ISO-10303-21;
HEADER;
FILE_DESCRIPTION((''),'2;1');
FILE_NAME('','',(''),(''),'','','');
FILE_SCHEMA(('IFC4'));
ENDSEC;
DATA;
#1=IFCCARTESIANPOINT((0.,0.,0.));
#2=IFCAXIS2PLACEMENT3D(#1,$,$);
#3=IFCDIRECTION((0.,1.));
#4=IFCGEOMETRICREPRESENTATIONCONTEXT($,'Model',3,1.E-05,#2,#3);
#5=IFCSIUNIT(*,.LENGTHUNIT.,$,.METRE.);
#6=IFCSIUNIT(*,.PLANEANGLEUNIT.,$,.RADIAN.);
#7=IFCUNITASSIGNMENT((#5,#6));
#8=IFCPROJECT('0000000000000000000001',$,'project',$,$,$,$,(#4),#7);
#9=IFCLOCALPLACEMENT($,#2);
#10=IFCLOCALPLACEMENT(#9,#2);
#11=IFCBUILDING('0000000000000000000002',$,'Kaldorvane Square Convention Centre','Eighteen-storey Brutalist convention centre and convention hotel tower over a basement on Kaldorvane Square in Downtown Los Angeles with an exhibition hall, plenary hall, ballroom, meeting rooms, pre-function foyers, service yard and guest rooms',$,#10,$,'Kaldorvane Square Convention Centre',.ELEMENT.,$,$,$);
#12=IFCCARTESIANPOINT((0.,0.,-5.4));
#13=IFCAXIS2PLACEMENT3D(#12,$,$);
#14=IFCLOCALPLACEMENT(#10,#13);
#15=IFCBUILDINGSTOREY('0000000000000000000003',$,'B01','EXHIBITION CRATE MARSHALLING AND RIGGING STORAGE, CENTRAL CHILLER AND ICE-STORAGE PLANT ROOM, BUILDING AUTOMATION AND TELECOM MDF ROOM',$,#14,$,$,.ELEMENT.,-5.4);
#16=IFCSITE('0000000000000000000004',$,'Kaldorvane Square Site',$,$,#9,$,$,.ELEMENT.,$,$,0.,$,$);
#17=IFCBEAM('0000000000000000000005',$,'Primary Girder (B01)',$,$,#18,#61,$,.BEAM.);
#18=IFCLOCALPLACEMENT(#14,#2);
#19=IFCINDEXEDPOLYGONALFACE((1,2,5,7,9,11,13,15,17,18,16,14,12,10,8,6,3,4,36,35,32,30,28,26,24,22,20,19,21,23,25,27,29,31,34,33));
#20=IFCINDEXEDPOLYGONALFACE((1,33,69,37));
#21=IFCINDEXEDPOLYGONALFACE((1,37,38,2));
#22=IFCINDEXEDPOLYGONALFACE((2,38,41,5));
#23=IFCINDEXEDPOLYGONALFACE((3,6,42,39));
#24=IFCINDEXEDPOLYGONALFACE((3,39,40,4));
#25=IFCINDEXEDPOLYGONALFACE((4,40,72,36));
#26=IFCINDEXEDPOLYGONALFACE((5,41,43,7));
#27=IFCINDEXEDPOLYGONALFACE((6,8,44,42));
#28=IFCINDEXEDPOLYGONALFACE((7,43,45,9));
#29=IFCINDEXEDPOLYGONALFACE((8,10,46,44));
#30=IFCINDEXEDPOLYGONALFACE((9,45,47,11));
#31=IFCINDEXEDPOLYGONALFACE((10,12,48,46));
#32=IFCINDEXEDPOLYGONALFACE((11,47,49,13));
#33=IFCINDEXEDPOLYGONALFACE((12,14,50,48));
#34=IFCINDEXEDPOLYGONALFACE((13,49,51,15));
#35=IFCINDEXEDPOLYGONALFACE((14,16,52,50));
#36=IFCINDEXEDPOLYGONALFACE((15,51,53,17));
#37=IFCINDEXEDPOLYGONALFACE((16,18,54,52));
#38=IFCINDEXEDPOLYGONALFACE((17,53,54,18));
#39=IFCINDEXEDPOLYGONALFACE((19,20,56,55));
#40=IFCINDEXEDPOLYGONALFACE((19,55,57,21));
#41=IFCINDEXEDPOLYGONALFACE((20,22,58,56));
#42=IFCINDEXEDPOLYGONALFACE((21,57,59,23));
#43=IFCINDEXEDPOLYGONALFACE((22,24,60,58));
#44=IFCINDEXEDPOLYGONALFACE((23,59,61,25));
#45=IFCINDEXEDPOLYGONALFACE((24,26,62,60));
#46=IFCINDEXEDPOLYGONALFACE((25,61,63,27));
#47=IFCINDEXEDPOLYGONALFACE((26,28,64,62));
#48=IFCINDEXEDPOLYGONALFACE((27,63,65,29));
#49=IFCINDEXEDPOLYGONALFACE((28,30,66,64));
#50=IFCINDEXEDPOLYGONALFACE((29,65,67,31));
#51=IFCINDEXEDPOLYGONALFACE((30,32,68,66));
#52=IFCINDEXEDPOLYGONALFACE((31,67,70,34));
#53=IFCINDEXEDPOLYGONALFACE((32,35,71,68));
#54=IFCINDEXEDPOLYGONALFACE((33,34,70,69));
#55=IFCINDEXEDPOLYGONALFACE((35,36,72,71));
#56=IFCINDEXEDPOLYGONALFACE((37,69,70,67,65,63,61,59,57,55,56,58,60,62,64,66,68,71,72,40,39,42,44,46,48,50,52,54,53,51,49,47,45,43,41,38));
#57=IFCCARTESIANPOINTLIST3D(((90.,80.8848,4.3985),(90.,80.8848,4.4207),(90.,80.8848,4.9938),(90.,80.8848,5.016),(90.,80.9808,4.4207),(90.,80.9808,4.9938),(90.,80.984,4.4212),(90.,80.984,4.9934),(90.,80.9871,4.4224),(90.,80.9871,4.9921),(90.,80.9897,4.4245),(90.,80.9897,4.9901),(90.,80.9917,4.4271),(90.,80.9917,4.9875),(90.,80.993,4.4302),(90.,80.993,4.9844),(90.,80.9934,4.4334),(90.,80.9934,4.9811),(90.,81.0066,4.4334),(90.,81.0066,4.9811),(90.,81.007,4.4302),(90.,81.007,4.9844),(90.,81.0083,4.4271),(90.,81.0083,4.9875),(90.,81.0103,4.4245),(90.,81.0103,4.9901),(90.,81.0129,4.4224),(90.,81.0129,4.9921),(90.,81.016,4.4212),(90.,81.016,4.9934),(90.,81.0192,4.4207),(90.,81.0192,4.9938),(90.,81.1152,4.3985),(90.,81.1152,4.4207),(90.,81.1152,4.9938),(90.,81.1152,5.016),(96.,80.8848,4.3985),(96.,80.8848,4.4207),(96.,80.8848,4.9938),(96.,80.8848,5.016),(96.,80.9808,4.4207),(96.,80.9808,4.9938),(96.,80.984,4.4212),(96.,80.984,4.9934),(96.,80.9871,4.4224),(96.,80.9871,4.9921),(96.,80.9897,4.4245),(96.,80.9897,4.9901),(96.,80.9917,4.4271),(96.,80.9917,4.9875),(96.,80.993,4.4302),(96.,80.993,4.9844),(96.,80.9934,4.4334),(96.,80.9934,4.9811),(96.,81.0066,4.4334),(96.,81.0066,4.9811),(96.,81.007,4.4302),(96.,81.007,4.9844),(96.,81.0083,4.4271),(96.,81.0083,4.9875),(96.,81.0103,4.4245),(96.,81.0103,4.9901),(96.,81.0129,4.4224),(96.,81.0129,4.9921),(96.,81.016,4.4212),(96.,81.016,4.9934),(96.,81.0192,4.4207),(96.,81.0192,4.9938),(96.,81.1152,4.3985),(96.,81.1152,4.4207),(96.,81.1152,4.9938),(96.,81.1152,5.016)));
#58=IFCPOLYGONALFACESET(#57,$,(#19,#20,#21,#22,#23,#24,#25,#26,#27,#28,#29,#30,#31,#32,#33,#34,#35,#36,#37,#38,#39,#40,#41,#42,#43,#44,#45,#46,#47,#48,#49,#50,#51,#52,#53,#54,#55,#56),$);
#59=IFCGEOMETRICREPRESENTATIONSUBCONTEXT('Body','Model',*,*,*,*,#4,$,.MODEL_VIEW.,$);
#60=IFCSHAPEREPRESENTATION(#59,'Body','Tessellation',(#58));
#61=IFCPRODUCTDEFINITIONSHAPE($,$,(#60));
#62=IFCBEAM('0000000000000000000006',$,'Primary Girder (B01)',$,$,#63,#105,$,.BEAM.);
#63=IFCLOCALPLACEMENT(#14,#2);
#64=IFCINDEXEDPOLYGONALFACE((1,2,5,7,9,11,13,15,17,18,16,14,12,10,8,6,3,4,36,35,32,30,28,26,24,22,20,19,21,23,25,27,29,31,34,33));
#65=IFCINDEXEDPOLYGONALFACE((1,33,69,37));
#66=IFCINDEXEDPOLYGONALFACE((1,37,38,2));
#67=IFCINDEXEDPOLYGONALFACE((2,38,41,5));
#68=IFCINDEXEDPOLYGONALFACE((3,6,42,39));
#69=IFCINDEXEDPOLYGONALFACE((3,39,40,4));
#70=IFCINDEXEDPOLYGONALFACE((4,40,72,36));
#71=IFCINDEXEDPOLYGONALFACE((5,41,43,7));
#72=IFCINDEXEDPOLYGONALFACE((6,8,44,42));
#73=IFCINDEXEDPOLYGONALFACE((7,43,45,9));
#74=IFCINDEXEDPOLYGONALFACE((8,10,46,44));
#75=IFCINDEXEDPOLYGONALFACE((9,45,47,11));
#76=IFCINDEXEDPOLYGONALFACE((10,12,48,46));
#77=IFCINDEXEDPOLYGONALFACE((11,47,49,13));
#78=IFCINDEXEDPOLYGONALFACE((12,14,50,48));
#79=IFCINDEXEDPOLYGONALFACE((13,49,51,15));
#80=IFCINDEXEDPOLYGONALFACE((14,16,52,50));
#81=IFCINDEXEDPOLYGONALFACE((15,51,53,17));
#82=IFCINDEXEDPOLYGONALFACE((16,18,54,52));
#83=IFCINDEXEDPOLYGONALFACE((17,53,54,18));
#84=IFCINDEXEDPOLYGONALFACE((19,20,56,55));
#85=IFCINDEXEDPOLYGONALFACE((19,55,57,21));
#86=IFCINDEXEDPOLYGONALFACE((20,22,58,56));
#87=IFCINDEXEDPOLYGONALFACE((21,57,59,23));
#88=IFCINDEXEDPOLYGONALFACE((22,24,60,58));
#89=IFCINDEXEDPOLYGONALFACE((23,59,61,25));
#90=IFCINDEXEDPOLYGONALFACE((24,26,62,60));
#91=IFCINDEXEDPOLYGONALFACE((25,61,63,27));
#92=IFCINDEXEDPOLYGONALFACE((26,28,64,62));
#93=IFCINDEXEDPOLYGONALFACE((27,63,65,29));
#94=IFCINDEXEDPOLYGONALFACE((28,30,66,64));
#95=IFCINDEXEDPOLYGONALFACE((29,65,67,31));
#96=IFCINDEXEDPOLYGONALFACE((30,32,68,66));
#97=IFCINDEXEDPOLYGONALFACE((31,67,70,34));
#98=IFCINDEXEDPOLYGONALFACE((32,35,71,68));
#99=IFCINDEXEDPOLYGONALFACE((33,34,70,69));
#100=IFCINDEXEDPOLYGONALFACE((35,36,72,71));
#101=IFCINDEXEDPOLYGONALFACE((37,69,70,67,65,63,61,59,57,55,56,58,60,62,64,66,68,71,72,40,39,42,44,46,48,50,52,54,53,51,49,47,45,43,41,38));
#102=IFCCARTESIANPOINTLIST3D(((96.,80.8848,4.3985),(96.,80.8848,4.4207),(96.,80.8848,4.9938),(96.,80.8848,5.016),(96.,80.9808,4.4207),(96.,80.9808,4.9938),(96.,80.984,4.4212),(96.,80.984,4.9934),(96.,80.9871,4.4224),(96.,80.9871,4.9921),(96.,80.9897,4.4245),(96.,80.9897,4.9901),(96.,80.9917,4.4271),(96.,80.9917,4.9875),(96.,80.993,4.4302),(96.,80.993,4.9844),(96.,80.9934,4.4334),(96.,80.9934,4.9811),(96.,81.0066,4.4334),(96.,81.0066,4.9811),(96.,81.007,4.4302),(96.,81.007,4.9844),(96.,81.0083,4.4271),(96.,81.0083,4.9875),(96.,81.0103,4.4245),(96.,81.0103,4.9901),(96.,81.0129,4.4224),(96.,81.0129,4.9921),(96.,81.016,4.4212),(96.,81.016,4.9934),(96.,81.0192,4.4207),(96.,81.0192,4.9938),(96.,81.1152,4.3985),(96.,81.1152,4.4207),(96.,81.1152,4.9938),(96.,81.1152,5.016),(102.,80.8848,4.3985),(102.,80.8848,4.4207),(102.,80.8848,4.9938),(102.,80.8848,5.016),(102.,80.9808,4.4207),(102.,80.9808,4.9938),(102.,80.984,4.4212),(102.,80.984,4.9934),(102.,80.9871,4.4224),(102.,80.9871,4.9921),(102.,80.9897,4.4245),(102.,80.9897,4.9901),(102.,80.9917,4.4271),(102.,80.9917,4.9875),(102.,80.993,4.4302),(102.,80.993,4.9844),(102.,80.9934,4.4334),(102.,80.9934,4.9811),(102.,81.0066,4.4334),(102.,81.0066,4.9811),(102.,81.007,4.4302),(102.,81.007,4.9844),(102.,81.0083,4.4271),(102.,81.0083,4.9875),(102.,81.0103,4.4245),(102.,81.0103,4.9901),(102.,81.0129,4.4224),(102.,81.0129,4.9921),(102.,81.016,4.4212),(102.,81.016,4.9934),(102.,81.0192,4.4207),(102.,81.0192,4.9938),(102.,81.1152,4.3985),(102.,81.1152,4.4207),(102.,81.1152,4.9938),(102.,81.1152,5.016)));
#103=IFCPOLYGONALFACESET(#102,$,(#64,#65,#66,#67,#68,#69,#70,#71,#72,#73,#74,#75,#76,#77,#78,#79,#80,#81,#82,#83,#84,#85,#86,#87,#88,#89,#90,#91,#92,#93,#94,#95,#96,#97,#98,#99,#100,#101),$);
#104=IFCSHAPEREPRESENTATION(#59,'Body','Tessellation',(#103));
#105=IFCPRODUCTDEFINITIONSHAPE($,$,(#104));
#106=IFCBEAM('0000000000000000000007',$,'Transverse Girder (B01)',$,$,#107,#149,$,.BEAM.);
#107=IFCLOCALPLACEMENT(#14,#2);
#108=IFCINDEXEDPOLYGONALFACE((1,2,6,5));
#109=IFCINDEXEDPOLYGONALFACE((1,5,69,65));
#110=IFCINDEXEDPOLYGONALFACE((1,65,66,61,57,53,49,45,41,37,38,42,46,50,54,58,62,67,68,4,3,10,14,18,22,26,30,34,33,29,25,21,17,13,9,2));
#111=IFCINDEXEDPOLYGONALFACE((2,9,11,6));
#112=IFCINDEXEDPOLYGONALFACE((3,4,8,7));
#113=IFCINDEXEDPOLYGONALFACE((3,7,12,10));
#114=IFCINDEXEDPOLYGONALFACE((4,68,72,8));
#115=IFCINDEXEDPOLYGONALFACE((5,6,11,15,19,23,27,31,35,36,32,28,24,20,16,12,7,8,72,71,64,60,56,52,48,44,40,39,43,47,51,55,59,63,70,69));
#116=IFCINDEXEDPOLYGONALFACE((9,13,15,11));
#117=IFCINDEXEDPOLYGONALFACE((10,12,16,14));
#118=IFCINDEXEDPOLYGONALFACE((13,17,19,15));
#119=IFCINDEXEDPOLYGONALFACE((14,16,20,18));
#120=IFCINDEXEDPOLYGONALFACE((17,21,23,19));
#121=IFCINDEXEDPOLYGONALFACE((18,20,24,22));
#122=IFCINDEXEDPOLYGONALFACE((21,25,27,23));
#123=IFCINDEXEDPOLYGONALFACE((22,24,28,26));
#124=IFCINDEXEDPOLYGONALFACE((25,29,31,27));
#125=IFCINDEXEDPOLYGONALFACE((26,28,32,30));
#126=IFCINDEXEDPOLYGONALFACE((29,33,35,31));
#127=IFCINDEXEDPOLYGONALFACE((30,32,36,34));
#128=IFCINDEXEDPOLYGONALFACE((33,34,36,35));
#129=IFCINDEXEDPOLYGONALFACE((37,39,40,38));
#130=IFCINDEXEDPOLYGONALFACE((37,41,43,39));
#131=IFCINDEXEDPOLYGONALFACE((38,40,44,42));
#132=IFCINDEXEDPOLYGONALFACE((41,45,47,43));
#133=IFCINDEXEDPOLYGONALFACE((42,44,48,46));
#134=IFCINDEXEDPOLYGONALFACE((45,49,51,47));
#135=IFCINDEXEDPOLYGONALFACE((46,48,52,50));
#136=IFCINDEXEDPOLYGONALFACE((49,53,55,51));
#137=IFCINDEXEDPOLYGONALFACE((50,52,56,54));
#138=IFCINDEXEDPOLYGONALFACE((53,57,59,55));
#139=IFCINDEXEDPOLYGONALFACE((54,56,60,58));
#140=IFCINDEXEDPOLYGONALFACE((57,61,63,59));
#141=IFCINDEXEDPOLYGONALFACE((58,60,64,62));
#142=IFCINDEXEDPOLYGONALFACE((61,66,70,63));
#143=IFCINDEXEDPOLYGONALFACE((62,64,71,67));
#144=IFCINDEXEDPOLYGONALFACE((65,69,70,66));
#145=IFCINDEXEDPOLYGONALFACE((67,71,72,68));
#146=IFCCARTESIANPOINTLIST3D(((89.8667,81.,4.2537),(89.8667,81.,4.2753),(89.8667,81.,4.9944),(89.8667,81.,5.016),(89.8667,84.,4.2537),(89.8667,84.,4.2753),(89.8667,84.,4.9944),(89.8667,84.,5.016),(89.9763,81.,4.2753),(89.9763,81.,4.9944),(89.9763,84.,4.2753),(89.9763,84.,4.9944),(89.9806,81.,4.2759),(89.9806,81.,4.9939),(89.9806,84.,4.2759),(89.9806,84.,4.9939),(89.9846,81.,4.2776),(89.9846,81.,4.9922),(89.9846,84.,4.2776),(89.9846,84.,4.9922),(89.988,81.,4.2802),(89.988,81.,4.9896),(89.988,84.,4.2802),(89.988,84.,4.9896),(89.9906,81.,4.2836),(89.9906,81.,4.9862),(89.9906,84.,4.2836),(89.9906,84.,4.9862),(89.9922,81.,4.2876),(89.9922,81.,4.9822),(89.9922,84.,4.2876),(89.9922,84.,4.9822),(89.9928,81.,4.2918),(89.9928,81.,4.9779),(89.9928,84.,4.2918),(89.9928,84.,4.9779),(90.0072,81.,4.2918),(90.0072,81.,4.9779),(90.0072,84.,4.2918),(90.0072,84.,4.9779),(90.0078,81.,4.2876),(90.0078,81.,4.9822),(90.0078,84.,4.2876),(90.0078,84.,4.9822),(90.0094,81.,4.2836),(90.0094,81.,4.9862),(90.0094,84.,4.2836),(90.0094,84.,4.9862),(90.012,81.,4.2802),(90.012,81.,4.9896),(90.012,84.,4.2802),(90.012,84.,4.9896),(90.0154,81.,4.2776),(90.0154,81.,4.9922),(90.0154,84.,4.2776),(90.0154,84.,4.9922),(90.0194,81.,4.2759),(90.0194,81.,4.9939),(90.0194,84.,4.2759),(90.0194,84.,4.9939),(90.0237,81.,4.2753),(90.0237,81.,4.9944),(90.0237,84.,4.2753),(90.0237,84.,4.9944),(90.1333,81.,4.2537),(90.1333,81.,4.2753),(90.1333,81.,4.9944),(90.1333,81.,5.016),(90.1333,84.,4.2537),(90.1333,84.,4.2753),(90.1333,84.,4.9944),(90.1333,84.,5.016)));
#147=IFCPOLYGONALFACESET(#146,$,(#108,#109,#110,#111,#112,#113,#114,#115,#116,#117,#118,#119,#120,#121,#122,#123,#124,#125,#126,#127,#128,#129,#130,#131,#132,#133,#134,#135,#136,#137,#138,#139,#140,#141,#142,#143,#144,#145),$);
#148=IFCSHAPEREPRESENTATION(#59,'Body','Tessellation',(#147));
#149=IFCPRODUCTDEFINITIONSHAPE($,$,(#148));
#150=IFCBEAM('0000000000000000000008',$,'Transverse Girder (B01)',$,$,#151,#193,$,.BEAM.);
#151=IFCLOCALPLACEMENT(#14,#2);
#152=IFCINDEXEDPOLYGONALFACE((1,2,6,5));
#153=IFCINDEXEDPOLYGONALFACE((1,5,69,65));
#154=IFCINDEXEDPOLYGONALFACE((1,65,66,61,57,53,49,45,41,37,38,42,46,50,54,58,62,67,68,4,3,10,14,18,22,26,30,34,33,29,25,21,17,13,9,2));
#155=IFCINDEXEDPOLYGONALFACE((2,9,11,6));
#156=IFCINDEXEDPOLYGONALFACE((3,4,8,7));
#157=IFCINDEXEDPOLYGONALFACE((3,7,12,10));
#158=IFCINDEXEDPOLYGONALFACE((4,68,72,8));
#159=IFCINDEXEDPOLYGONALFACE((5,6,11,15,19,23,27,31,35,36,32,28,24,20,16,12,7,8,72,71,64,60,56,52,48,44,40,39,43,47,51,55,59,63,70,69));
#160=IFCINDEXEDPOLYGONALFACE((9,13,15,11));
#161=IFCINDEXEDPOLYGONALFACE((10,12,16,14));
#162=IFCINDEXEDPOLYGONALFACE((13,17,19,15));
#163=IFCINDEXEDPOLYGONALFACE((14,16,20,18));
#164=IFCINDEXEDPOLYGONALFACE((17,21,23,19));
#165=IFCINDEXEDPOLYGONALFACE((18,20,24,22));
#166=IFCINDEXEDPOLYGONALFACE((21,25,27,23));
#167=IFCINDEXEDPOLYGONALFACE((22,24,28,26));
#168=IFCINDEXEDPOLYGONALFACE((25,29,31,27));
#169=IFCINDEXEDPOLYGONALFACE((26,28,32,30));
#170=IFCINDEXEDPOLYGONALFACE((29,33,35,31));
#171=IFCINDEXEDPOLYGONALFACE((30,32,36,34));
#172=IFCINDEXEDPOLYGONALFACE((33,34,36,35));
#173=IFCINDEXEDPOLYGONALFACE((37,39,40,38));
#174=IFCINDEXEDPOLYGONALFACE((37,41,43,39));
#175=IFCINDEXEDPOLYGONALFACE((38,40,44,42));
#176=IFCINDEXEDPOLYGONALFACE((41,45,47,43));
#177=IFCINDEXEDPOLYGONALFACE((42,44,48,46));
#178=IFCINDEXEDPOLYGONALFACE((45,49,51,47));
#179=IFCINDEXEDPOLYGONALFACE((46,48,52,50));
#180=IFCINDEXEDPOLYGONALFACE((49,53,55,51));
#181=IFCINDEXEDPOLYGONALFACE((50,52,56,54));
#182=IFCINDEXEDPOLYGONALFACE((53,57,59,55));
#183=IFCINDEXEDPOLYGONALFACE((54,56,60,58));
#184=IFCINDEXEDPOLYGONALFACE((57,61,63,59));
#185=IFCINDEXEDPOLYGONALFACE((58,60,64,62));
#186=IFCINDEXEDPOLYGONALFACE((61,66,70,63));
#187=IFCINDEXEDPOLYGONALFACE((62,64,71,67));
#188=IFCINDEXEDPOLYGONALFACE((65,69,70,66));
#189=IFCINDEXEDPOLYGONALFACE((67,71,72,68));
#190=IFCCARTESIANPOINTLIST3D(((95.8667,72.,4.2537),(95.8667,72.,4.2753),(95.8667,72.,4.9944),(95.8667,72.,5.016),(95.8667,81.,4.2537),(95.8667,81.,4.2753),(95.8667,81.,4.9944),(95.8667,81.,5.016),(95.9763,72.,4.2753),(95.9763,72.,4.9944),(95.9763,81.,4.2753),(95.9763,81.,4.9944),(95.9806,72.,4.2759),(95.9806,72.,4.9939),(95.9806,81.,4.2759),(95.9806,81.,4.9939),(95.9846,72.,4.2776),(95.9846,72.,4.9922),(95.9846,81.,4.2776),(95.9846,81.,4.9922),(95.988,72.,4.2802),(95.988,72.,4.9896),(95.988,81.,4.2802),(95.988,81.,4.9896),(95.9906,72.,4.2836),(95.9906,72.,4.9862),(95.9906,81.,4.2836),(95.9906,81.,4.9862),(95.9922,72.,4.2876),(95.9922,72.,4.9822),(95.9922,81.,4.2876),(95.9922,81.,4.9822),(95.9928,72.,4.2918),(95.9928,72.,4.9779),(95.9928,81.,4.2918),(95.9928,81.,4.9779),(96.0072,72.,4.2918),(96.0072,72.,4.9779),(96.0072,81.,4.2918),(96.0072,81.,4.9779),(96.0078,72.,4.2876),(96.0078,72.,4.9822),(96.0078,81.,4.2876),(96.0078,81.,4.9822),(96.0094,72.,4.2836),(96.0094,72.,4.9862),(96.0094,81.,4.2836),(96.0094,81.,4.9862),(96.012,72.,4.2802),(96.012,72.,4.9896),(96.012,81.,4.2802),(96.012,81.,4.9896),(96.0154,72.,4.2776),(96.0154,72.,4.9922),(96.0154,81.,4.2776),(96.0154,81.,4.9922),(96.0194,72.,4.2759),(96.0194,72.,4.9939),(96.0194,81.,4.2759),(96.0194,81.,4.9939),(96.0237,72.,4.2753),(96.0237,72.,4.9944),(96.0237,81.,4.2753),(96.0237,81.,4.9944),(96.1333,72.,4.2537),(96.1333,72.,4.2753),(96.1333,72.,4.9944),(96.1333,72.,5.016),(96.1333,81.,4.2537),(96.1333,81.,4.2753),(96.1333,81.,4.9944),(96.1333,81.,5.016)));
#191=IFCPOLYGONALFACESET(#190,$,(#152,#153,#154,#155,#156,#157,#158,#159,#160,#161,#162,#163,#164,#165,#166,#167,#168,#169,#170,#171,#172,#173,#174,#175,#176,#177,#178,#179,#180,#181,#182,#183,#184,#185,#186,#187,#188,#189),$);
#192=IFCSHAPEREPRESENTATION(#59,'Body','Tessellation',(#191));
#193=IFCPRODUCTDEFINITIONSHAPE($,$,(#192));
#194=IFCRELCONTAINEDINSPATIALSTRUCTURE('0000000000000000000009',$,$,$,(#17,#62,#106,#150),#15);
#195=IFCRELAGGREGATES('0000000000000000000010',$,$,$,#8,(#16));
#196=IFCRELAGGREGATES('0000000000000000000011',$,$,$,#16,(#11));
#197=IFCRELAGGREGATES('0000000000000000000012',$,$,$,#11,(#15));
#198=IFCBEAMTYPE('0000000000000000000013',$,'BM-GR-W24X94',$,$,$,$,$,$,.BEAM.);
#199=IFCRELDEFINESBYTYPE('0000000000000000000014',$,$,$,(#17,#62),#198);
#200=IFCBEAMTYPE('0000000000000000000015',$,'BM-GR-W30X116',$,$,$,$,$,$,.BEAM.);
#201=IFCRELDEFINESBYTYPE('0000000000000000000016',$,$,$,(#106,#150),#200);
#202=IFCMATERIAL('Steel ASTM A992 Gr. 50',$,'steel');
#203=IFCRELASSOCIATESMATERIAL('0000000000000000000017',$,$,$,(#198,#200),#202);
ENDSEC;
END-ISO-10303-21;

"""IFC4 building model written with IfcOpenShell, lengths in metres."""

from ifc_helpers import new_model, si_unit, direction, frame, origin, origin_2d, place, context, subcontext, project, spatial, i_section, extrude, material, material_profile, profile_set, type_object, element, save


model = new_model("IFC4")

# Units and contexts
model_context = context("Model", 3, precision=1e-05, world=origin(), true_north=direction((0.0, 1.0)))
body_context = subcontext(model_context, "Body", "Model", "MODEL_VIEW")
ifc_project = project(units=[si_unit("LENGTHUNIT", "METRE"), si_unit("PLANEANGLEUNIT", "RADIAN")], contexts=[model_context])

# Site, building, storey
site_placement = place(None, origin())
site = spatial("IfcSite", under=ifc_project, at=site_placement, Name="Kaldorvane Square Site", CompositionType="ELEMENT", RefElevation=0.0)
building_placement = place(site_placement, origin())
building = spatial("IfcBuilding", under=site, at=building_placement, Name="Kaldorvane Square Convention Centre", Description="Eighteen-storey Brutalist convention centre and convention hotel tower over a basement on Kaldorvane Square in Downtown Los Angeles with an exhibition hall, plenary hall, ballroom, meeting rooms, pre-function foyers, service yard and guest rooms", LongName="Kaldorvane Square Convention Centre", CompositionType="ELEMENT")
storey_placement = place(building_placement, frame((0.0, 0.0, -5.4)))
storey = spatial("IfcBuildingStorey", under=building, at=storey_placement, Name="B01", Description="EXHIBITION CRATE MARSHALLING AND RIGGING STORAGE, CENTRAL CHILLER AND ICE-STORAGE PLANT ROOM, BUILDING AUTOMATION AND TELECOM MDF ROOM", CompositionType="ELEMENT", Elevation=-5.4)

# Shared definitions
ifc_material_1 = material(Name="Steel ASTM A992 Gr. 50", Category="steel")

# Beams
ifc_material_profile_1 = material_profile(ifc_material_1, i_section(OverallWidth=0.2303, OverallDepth=0.6175, WebThickness=0.0131, FlangeThickness=0.0222, FilletRadius=0.0127, at=origin_2d()), Name="W24X94")
ifc_profile_set_1 = profile_set([ifc_material_profile_1], Name="Steel ASTM A992 Gr. 50")
beam_type_1 = type_object("IfcBeamType", Name="BM-GR-W24X94", PredefinedType="BEAM", material=ifc_profile_set_1)
for number, where, z_axis, x_axis, name in (
    (1, (90.0, 81.0, 4.7073), (1.0, 0.0, 0.0), (0.0, 1.0, 0.0), "Primary Girder (B01)"),
    (2, (96.0, 81.0, 4.7073), (1.0, 0.0, 0.0), (0.0, 1.0, 0.0), "Primary Girder (B01)"),
):
    element("IfcBeam", number, at=place(storey_placement, frame(where, z_axis=z_axis, x_axis=x_axis)), inside=storey, type_object=beam_type_1, Name=name, PredefinedType="BEAM", context=body_context, shape_type="SweptSolid", body=[
        extrude(i_section(OverallWidth=0.2303, OverallDepth=0.6175, WebThickness=0.0131, FlangeThickness=0.0222, FilletRadius=0.0127, at=origin_2d()), origin(), (0.0, 0.0, 1.0), 6.0),
    ])
ifc_material_profile_2 = material_profile(ifc_material_1, i_section(OverallWidth=0.2666, OverallDepth=0.7623, WebThickness=0.0144, FlangeThickness=0.0216, FilletRadius=0.0165, at=origin_2d()), Name="W30X116")
ifc_profile_set_2 = profile_set([ifc_material_profile_2], Name="Steel ASTM A992 Gr. 50")
beam_type_2 = type_object("IfcBeamType", Name="BM-GR-W30X116", PredefinedType="BEAM", material=ifc_profile_set_2)
beam_1_placement = place(storey_placement, frame((90.0, 81.0, 4.6349), z_axis=(0.0, 1.0, 0.0), x_axis=(-1.0, 0.0, 0.0)))
element("IfcBeam", 3, at=beam_1_placement, inside=storey, type_object=beam_type_2, Name="Transverse Girder (B01)", PredefinedType="BEAM", context=body_context, shape_type="SweptSolid", body=[
    extrude(i_section(OverallWidth=0.2666, OverallDepth=0.7623, WebThickness=0.0144, FlangeThickness=0.0216, FilletRadius=0.0165, at=origin_2d()), origin(), (0.0, 0.0, 1.0), 3.0),
])
beam_2_placement = place(storey_placement, frame((96.0, 72.0, 4.6349), z_axis=(0.0, 1.0, 0.0), x_axis=(-1.0, 0.0, 0.0)))
element("IfcBeam", 4, at=beam_2_placement, inside=storey, type_object=beam_type_2, Name="Transverse Girder (B01)", PredefinedType="BEAM", context=body_context, shape_type="SweptSolid", body=[
    extrude(i_section(OverallWidth=0.2666, OverallDepth=0.7623, WebThickness=0.0144, FlangeThickness=0.0216, FilletRadius=0.0165, at=origin_2d()), origin(), (0.0, 0.0, 1.0), 9.0),
])

save(model, "model.ifc")
